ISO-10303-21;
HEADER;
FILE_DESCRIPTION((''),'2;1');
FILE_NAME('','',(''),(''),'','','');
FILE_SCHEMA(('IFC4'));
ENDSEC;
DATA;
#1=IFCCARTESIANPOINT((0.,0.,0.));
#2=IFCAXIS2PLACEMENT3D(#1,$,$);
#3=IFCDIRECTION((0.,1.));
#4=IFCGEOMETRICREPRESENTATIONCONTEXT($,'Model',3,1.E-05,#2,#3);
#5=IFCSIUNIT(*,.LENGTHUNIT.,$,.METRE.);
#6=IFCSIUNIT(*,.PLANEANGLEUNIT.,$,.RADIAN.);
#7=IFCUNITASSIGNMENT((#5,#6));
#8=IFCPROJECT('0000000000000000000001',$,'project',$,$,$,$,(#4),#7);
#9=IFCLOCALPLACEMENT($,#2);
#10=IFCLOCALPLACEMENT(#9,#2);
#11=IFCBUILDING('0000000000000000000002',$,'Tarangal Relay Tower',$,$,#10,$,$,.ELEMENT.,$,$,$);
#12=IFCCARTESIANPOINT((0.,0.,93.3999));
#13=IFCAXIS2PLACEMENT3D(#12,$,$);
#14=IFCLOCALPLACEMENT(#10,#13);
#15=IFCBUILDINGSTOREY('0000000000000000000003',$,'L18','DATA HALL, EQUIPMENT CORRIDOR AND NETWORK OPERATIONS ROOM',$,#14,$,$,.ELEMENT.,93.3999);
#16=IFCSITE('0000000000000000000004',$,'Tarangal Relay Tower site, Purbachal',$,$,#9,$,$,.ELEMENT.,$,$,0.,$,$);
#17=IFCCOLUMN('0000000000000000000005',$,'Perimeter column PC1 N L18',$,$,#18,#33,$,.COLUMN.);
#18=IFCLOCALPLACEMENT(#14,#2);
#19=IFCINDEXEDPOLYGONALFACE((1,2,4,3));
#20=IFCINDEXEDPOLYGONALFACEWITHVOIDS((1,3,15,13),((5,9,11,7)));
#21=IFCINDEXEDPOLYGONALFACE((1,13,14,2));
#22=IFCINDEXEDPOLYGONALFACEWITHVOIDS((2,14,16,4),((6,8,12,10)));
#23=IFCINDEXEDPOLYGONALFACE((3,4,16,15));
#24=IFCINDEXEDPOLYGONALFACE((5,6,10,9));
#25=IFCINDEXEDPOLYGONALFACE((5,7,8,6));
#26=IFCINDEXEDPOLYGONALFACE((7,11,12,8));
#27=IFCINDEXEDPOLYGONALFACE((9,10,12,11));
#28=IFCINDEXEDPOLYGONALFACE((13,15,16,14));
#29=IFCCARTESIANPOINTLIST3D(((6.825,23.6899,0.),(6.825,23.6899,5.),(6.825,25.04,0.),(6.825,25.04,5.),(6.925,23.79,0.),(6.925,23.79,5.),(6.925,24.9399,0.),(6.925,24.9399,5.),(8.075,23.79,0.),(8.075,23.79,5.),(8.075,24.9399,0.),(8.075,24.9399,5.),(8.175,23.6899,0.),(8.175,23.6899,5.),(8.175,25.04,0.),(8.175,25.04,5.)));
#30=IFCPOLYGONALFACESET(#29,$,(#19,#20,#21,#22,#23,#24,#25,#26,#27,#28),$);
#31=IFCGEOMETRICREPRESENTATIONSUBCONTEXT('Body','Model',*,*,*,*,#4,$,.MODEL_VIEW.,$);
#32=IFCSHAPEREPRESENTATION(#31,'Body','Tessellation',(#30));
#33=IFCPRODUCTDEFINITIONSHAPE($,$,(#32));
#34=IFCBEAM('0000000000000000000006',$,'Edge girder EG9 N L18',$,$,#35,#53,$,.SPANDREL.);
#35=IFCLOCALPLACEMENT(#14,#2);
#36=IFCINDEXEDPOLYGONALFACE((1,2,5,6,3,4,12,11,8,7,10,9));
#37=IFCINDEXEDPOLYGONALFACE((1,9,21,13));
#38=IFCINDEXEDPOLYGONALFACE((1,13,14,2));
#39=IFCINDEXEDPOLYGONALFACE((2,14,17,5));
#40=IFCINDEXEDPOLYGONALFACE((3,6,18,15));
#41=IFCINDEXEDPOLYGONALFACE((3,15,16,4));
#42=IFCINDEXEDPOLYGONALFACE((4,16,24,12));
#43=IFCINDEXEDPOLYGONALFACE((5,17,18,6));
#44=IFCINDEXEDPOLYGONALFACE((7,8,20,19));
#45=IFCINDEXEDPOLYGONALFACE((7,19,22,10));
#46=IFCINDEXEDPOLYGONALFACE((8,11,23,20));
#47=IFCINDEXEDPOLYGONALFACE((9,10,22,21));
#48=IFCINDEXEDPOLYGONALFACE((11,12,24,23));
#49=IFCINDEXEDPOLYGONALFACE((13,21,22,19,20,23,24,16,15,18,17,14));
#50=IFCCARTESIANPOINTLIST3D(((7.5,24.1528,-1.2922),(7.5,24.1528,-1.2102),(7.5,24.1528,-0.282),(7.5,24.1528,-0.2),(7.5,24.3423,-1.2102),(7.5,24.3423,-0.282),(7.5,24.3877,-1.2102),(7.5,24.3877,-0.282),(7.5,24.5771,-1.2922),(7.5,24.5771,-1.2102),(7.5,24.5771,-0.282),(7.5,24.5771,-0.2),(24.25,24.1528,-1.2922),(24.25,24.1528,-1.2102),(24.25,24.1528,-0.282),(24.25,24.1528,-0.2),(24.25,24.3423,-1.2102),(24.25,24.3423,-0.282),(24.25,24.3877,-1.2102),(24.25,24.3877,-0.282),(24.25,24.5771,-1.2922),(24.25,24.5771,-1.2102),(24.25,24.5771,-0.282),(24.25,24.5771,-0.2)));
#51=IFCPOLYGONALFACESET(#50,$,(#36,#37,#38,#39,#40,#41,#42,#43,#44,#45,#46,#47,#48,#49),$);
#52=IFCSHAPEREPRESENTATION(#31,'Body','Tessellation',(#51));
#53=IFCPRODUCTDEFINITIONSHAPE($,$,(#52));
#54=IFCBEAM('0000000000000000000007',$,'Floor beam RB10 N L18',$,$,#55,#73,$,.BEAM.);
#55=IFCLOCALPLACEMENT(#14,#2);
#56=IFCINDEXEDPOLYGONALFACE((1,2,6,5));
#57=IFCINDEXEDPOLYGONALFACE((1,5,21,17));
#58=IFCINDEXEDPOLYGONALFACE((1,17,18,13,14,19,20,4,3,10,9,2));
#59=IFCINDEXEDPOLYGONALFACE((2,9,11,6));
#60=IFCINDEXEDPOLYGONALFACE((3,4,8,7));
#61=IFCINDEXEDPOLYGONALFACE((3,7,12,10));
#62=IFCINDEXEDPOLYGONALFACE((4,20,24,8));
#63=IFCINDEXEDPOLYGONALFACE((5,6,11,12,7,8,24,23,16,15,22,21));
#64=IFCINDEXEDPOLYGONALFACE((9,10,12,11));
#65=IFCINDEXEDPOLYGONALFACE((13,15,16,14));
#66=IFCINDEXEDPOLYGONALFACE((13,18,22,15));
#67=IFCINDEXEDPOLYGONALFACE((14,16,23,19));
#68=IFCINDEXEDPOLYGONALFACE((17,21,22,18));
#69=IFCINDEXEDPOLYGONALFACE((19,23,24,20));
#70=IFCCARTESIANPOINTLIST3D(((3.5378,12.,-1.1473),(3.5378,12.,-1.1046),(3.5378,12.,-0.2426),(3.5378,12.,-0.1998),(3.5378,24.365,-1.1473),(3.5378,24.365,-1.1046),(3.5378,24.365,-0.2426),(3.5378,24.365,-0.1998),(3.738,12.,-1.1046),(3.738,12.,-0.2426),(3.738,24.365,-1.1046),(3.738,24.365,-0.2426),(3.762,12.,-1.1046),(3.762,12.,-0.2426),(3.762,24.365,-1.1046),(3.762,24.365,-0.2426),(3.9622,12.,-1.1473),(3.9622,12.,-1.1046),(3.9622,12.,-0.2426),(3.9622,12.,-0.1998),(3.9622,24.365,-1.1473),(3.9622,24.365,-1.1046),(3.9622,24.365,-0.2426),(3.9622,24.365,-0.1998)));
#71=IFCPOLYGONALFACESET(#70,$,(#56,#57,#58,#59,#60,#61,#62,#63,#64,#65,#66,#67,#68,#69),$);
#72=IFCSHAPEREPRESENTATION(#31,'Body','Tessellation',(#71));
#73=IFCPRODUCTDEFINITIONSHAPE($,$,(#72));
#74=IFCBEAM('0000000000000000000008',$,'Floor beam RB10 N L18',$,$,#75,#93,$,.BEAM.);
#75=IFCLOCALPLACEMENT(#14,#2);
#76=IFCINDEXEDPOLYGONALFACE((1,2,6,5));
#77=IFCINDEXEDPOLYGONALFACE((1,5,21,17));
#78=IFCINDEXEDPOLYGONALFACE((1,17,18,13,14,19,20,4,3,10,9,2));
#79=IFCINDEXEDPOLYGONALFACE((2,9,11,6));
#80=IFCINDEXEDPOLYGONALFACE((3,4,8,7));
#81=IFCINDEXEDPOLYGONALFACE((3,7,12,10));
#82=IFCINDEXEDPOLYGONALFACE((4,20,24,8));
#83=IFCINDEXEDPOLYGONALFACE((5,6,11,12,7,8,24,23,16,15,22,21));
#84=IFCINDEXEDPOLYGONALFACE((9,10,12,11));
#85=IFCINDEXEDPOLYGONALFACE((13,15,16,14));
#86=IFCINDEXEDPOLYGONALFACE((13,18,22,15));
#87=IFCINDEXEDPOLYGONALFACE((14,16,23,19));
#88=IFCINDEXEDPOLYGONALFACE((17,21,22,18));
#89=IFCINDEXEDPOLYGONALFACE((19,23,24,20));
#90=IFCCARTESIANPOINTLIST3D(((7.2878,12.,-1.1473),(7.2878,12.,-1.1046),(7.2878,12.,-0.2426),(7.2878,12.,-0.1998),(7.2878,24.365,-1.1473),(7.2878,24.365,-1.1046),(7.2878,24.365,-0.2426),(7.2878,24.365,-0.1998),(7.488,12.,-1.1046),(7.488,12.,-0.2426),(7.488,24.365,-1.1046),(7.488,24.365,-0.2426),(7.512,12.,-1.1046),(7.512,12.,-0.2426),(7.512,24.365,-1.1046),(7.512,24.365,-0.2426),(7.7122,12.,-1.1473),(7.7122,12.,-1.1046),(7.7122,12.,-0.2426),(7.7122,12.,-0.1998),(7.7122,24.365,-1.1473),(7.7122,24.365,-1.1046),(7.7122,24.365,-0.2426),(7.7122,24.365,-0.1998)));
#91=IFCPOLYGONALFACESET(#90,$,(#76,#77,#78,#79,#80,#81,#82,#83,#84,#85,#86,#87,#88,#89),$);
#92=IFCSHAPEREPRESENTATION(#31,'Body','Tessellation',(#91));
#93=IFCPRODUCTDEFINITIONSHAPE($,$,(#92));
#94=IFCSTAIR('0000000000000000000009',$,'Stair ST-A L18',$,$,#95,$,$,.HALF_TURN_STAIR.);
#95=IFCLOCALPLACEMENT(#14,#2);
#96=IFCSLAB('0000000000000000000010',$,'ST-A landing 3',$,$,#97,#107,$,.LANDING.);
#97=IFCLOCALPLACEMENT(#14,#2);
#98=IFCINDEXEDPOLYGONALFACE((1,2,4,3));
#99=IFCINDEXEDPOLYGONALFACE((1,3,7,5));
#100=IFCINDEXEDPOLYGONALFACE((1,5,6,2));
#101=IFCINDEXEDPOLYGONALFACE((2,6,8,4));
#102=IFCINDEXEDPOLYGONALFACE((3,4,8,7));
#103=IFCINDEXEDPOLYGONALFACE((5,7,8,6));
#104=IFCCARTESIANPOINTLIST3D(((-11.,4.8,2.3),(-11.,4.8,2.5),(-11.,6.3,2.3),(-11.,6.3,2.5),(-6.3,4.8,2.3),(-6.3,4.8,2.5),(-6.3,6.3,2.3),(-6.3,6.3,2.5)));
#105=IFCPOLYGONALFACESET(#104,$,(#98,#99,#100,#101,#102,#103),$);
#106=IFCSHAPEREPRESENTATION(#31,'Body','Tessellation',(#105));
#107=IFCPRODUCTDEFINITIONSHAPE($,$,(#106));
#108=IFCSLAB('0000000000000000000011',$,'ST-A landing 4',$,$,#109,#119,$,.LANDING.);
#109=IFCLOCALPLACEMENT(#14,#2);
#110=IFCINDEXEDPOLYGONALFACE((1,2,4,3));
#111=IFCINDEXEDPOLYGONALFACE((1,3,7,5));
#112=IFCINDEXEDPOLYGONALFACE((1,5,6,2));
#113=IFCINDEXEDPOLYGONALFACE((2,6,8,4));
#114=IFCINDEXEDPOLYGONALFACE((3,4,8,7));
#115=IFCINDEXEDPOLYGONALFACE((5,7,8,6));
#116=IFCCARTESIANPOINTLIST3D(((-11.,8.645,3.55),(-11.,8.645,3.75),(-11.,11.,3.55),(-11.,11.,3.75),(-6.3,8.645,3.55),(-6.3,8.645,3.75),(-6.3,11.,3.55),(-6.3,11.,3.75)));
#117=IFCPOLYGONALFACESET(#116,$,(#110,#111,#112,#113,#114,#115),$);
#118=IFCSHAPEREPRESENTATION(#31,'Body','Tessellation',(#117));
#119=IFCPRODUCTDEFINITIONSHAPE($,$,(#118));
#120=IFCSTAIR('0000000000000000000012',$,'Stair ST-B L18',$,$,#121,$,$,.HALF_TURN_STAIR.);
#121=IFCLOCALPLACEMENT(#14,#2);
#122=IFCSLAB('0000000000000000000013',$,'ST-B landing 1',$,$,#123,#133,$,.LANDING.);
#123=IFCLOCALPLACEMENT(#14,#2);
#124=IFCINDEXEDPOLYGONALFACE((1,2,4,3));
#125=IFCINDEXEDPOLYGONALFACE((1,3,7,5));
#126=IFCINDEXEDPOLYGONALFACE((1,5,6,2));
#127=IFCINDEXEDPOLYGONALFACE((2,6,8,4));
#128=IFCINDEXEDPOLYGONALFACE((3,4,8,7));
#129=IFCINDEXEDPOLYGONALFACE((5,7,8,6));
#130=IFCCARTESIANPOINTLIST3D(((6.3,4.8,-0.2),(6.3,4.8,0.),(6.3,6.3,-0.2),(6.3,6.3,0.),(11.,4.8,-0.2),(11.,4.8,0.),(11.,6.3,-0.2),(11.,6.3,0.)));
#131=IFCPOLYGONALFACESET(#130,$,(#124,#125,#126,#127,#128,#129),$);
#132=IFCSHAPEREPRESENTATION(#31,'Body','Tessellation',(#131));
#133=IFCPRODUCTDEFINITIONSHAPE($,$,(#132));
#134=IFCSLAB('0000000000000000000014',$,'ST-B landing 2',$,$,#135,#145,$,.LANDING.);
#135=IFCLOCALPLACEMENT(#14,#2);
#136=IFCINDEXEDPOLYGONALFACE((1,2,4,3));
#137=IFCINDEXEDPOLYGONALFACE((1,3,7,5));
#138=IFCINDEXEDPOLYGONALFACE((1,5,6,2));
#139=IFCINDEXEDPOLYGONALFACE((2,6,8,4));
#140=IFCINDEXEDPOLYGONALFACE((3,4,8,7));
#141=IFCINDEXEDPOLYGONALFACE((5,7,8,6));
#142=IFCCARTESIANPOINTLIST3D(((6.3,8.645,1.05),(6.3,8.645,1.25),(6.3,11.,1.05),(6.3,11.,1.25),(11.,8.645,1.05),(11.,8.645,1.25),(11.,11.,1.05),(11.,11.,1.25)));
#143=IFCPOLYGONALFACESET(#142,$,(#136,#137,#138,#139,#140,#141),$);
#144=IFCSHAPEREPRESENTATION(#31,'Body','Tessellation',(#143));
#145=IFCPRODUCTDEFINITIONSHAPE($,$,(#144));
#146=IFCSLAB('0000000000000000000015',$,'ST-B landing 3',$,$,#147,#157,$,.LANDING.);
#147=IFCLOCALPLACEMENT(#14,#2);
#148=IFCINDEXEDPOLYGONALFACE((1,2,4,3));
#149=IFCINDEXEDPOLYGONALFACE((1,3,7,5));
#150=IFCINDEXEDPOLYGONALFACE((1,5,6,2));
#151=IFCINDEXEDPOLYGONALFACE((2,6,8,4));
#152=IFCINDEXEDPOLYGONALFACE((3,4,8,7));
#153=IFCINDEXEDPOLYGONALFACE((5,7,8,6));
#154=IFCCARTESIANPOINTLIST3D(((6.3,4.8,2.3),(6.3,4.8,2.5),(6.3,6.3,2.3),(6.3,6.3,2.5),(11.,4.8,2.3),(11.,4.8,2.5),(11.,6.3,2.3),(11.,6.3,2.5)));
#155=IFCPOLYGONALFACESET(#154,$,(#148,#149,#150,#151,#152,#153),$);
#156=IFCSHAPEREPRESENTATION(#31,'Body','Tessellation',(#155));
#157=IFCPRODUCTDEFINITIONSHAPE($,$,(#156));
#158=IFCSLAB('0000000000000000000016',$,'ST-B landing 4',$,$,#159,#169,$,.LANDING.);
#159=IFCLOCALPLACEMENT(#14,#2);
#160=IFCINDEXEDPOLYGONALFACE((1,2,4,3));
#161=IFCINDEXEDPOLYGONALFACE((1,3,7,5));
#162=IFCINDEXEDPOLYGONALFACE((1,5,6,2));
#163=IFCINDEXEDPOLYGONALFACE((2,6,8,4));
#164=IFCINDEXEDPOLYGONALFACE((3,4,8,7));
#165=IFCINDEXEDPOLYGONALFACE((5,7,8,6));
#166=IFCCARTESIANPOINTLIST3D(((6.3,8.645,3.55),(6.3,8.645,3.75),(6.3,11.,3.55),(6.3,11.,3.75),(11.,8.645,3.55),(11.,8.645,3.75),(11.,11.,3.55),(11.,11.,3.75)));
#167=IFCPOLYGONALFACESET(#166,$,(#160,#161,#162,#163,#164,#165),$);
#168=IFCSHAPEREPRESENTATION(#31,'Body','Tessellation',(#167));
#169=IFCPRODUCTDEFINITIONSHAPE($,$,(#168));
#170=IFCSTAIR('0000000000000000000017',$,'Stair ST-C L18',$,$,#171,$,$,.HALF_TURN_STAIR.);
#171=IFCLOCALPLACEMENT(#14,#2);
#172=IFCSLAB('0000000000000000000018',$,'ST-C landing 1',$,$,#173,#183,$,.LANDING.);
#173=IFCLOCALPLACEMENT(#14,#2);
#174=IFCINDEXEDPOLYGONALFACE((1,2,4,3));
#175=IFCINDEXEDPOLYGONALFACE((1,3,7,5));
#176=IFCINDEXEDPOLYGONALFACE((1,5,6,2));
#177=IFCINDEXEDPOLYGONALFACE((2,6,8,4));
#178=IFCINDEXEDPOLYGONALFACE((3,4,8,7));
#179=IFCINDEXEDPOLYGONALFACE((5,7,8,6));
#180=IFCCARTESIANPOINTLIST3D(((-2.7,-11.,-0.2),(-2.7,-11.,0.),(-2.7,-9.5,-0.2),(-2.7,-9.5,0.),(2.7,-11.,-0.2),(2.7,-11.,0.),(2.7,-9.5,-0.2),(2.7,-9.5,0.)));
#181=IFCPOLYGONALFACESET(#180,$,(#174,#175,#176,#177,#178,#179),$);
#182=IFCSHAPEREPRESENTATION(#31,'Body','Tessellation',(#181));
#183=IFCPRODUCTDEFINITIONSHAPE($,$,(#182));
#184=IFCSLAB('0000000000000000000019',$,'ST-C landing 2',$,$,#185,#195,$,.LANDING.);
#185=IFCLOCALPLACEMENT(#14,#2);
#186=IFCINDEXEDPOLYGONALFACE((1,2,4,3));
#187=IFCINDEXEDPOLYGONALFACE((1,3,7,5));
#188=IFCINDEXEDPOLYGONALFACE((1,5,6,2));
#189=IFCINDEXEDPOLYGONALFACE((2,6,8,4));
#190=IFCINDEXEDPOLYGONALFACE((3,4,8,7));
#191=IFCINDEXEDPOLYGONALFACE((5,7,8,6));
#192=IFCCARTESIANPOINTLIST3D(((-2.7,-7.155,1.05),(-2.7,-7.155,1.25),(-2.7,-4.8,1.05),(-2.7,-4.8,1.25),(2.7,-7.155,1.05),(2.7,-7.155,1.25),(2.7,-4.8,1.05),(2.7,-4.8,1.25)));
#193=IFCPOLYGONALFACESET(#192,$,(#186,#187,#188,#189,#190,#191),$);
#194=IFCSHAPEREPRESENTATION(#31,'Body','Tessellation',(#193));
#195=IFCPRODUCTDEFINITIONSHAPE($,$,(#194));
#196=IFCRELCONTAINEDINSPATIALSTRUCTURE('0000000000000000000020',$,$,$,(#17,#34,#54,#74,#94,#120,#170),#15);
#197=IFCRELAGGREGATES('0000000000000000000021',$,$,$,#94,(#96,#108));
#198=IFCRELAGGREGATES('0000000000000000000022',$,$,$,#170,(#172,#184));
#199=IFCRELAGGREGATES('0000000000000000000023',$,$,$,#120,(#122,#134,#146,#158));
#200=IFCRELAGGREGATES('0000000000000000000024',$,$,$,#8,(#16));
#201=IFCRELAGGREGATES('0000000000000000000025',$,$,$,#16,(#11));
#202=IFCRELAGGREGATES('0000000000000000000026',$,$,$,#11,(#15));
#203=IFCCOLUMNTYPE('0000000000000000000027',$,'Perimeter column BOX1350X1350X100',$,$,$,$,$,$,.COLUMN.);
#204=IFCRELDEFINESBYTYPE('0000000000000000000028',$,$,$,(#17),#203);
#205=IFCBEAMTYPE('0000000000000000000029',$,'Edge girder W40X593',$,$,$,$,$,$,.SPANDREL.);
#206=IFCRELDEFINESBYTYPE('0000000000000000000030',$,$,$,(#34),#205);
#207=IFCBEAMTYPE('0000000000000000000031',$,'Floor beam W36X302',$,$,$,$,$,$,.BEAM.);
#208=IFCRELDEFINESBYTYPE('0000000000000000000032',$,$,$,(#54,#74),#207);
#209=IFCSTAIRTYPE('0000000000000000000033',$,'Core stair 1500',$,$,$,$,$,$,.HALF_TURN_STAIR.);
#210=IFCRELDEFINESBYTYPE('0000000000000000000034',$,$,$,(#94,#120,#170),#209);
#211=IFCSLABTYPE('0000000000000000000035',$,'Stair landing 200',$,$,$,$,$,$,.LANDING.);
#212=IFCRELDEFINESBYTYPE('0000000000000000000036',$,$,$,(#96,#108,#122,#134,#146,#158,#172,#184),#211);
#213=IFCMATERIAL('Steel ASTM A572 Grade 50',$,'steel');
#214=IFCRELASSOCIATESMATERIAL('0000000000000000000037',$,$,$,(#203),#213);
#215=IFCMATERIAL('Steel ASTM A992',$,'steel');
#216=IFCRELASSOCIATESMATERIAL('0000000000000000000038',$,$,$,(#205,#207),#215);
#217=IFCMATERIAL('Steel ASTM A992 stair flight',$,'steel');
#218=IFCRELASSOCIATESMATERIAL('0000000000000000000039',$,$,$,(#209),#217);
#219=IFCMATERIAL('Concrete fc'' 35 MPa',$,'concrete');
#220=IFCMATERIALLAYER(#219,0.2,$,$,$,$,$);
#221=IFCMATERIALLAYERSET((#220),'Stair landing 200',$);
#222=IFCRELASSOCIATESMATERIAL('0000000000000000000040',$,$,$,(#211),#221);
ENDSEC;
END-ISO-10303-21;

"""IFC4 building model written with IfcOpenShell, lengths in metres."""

from ifc_helpers import new_model, si_unit, direction, frame, origin, origin_2d, place, context, subcontext, project, spatial, polyline, hollow_rectangle, i_section, outline, extrude, material, layer, layer_set, material_profile, profile_set, type_object, element, aggregate, save


model = new_model("IFC4")

# Units and contexts
model_context = context("Model", 3, precision=1e-05, world=origin(), true_north=direction((0.0, 1.0)))
body_context = subcontext(model_context, "Body", "Model", "MODEL_VIEW")
ifc_project = project(units=[si_unit("LENGTHUNIT", "METRE"), si_unit("PLANEANGLEUNIT", "RADIAN")], contexts=[model_context])

# Site, building, storey
site_placement = place(None, origin())
site = spatial("IfcSite", under=ifc_project, at=site_placement, Name="Tarangal Relay Tower site, Purbachal", CompositionType="ELEMENT", RefElevation=0.0)
building_placement = place(site_placement, origin())
building = spatial("IfcBuilding", under=site, at=building_placement, Name="Tarangal Relay Tower", CompositionType="ELEMENT")
storey_placement = place(building_placement, frame((0.0, 0.0, 93.3999)))
storey = spatial("IfcBuildingStorey", under=building, at=storey_placement, Name="L18", Description="DATA HALL, EQUIPMENT CORRIDOR AND NETWORK OPERATIONS ROOM", CompositionType="ELEMENT", Elevation=93.3999)

# Column
ifc_material_1 = material(Name="Steel ASTM A572 Grade 50", Category="steel")
ifc_material_profile_1 = material_profile(ifc_material_1, hollow_rectangle(XDim=1.3501, YDim=1.3501, WallThickness=0.1001, at=origin_2d()), Name="BOX1350X1350X100")
ifc_profile_set_1 = profile_set([ifc_material_profile_1], Name="Steel ASTM A572 Grade 50")
column_type = type_object("IfcColumnType", Name="Perimeter column BOX1350X1350X100", PredefinedType="COLUMN", material=ifc_profile_set_1)
column_placement = place(storey_placement, frame((7.5, 24.365, 0.0), z_axis=(0.0, 0.0, 1.0), x_axis=(1.0, 0.0, 0.0)))
element("IfcColumn", 1, at=column_placement, inside=storey, type_object=column_type, Name="Perimeter column PC1 N L18", PredefinedType="COLUMN", context=body_context, shape_type="SweptSolid", body=[
    extrude(hollow_rectangle(XDim=1.3501, YDim=1.3501, WallThickness=0.1001, at=origin_2d()), origin(), (0.0, 0.0, 1.0), 5.0),
])

# Beams
ifc_material_2 = material(Name="Steel ASTM A992", Category="steel")
ifc_material_profile_2 = material_profile(ifc_material_2, i_section(OverallWidth=0.4243, OverallDepth=1.0923, WebThickness=0.0454, FlangeThickness=0.082, at=origin_2d()), Name="W40X593")
ifc_profile_set_2 = profile_set([ifc_material_profile_2], Name="Steel ASTM A992")
beam_type_1 = type_object("IfcBeamType", Name="Edge girder W40X593", PredefinedType="SPANDREL", material=ifc_profile_set_2)
beam_placement = place(storey_placement, frame((7.5, 24.365, -0.7461), z_axis=(1.0, 0.0, 0.0), x_axis=(0.0, 1.0, 0.0)))
element("IfcBeam", 2, at=beam_placement, inside=storey, type_object=beam_type_1, Name="Edge girder EG9 N L18", PredefinedType="SPANDREL", context=body_context, shape_type="SweptSolid", body=[
    extrude(i_section(OverallWidth=0.4243, OverallDepth=1.0923, WebThickness=0.0454, FlangeThickness=0.082, at=origin_2d()), origin(), (0.0, 0.0, 1.0), 16.75),
])
ifc_material_profile_3 = material_profile(ifc_material_2, i_section(OverallWidth=0.4243, OverallDepth=0.9475, WebThickness=0.0239, FlangeThickness=0.0427, at=origin_2d()), Name="W36X302")
ifc_profile_set_3 = profile_set([ifc_material_profile_3], Name="Steel ASTM A992")
beam_type_2 = type_object("IfcBeamType", Name="Floor beam W36X302", PredefinedType="BEAM", material=ifc_profile_set_3)
for number, where, z_axis, x_axis, name in (
    (3, (3.75, 12.0, -0.6736), (0.0, 1.0, 0.0), (-1.0, 0.0, 0.0), "Floor beam RB10 N L18"),
    (4, (7.5, 12.0, -0.6736), (0.0, 1.0, 0.0), (-1.0, 0.0, 0.0), "Floor beam RB10 N L18"),
):
    element("IfcBeam", number, at=place(storey_placement, frame(where, z_axis=z_axis, x_axis=x_axis)), inside=storey, type_object=beam_type_2, Name=name, PredefinedType="BEAM", context=body_context, shape_type="SweptSolid", body=[
        extrude(i_section(OverallWidth=0.4243, OverallDepth=0.9475, WebThickness=0.0239, FlangeThickness=0.0427, at=origin_2d()), origin(), (0.0, 0.0, 1.0), 12.365),
    ])

# Stairs, slabs
ifc_material_3 = material(Name="Steel ASTM A992 stair flight", Category="steel")
stair_type = type_object("IfcStairType", Name="Core stair 1500", PredefinedType="HALF_TURN_STAIR", material=ifc_material_3)
stair_1_placement = place(storey_placement, origin())
stair_1 = element("IfcStair", 5, at=stair_1_placement, inside=storey, type_object=stair_type, Name="Stair ST-A L18", PredefinedType="HALF_TURN_STAIR")
ifc_material_4 = material(Name="Concrete fc' 35 MPa", Category="concrete")
ifc_layer_1 = layer(ifc_material_4, 0.2)
ifc_layer_set_1 = layer_set([ifc_layer_1], Name="Stair landing 200")
slab_type = type_object("IfcSlabType", Name="Stair landing 200", PredefinedType="LANDING", material=ifc_layer_set_1)
slab_1_placement = place(storey_placement, frame((0.0, 0.0, 2.3)))
slab_1 = element("IfcSlab", 6, at=slab_1_placement, type_object=slab_type, Name="ST-A landing 3", PredefinedType="LANDING", context=body_context, shape_type="SweptSolid", body=[
    extrude(outline(polyline([(-11.0, 4.8), (-6.3, 4.8), (-6.3, 6.3), (-11.0, 6.3), (-11.0, 4.8)])), origin(), (0.0, 0.0, 1.0), 0.2),
])
slab_2_placement = place(storey_placement, frame((0.0, 0.0, 3.55)))
slab_2 = element("IfcSlab", 7, at=slab_2_placement, type_object=slab_type, Name="ST-A landing 4", PredefinedType="LANDING", context=body_context, shape_type="SweptSolid", body=[
    extrude(outline(polyline([(-11.0, 8.645), (-6.3, 8.645), (-6.3, 11.0), (-11.0, 11.0), (-11.0, 8.645)])), origin(), (0.0, 0.0, 1.0), 0.2),
])
aggregate(stair_1, [slab_1, slab_2])
stair_2_placement = place(storey_placement, origin())
stair_2 = element("IfcStair", 8, at=stair_2_placement, inside=storey, type_object=stair_type, Name="Stair ST-B L18", PredefinedType="HALF_TURN_STAIR")
slab_3_placement = place(storey_placement, frame((0.0, 0.0, -0.2)))
slab_3 = element("IfcSlab", 9, at=slab_3_placement, type_object=slab_type, Name="ST-B landing 1", PredefinedType="LANDING", context=body_context, shape_type="SweptSolid", body=[
    extrude(outline(polyline([(6.3, 4.8), (11.0, 4.8), (11.0, 6.3), (6.3, 6.3), (6.3, 4.8)])), origin(), (0.0, 0.0, 1.0), 0.2),
])
slab_4_placement = place(storey_placement, frame((0.0, 0.0, 1.05)))
slab_4 = element("IfcSlab", 10, at=slab_4_placement, type_object=slab_type, Name="ST-B landing 2", PredefinedType="LANDING", context=body_context, shape_type="SweptSolid", body=[
    extrude(outline(polyline([(6.3, 8.645), (11.0, 8.645), (11.0, 11.0), (6.3, 11.0), (6.3, 8.645)])), origin(), (0.0, 0.0, 1.0), 0.2),
])
slab_5_placement = place(storey_placement, frame((0.0, 0.0, 2.3)))
slab_5 = element("IfcSlab", 11, at=slab_5_placement, type_object=slab_type, Name="ST-B landing 3", PredefinedType="LANDING", context=body_context, shape_type="SweptSolid", body=[
    extrude(outline(polyline([(6.3, 4.8), (11.0, 4.8), (11.0, 6.3), (6.3, 6.3), (6.3, 4.8)])), origin(), (0.0, 0.0, 1.0), 0.2),
])
slab_6_placement = place(storey_placement, frame((0.0, 0.0, 3.55)))
slab_6 = element("IfcSlab", 12, at=slab_6_placement, type_object=slab_type, Name="ST-B landing 4", PredefinedType="LANDING", context=body_context, shape_type="SweptSolid", body=[
    extrude(outline(polyline([(6.3, 8.645), (11.0, 8.645), (11.0, 11.0), (6.3, 11.0), (6.3, 8.645)])), origin(), (0.0, 0.0, 1.0), 0.2),
])
stair_3_placement = place(storey_placement, origin())
stair_3 = element("IfcStair", 13, at=stair_3_placement, inside=storey, type_object=stair_type, Name="Stair ST-C L18", PredefinedType="HALF_TURN_STAIR")
slab_7_placement = place(storey_placement, frame((0.0, 0.0, -0.2)))
slab_7 = element("IfcSlab", 14, at=slab_7_placement, type_object=slab_type, Name="ST-C landing 1", PredefinedType="LANDING", context=body_context, shape_type="SweptSolid", body=[
    extrude(outline(polyline([(-2.7, -11.0), (2.7, -11.0), (2.7, -9.5), (-2.7, -9.5), (-2.7, -11.0)])), origin(), (0.0, 0.0, 1.0), 0.2),
])
slab_8_placement = place(storey_placement, frame((0.0, 0.0, 1.05)))
slab_8 = element("IfcSlab", 15, at=slab_8_placement, type_object=slab_type, Name="ST-C landing 2", PredefinedType="LANDING", context=body_context, shape_type="SweptSolid", body=[
    extrude(outline(polyline([(-2.7, -7.155), (2.7, -7.155), (2.7, -4.8), (-2.7, -4.8), (-2.7, -7.155)])), origin(), (0.0, 0.0, 1.0), 0.2),
])
aggregate(stair_3, [slab_7, slab_8])

aggregate(stair_2, [slab_3, slab_4, slab_5, slab_6])

save(model, "model.ifc")
